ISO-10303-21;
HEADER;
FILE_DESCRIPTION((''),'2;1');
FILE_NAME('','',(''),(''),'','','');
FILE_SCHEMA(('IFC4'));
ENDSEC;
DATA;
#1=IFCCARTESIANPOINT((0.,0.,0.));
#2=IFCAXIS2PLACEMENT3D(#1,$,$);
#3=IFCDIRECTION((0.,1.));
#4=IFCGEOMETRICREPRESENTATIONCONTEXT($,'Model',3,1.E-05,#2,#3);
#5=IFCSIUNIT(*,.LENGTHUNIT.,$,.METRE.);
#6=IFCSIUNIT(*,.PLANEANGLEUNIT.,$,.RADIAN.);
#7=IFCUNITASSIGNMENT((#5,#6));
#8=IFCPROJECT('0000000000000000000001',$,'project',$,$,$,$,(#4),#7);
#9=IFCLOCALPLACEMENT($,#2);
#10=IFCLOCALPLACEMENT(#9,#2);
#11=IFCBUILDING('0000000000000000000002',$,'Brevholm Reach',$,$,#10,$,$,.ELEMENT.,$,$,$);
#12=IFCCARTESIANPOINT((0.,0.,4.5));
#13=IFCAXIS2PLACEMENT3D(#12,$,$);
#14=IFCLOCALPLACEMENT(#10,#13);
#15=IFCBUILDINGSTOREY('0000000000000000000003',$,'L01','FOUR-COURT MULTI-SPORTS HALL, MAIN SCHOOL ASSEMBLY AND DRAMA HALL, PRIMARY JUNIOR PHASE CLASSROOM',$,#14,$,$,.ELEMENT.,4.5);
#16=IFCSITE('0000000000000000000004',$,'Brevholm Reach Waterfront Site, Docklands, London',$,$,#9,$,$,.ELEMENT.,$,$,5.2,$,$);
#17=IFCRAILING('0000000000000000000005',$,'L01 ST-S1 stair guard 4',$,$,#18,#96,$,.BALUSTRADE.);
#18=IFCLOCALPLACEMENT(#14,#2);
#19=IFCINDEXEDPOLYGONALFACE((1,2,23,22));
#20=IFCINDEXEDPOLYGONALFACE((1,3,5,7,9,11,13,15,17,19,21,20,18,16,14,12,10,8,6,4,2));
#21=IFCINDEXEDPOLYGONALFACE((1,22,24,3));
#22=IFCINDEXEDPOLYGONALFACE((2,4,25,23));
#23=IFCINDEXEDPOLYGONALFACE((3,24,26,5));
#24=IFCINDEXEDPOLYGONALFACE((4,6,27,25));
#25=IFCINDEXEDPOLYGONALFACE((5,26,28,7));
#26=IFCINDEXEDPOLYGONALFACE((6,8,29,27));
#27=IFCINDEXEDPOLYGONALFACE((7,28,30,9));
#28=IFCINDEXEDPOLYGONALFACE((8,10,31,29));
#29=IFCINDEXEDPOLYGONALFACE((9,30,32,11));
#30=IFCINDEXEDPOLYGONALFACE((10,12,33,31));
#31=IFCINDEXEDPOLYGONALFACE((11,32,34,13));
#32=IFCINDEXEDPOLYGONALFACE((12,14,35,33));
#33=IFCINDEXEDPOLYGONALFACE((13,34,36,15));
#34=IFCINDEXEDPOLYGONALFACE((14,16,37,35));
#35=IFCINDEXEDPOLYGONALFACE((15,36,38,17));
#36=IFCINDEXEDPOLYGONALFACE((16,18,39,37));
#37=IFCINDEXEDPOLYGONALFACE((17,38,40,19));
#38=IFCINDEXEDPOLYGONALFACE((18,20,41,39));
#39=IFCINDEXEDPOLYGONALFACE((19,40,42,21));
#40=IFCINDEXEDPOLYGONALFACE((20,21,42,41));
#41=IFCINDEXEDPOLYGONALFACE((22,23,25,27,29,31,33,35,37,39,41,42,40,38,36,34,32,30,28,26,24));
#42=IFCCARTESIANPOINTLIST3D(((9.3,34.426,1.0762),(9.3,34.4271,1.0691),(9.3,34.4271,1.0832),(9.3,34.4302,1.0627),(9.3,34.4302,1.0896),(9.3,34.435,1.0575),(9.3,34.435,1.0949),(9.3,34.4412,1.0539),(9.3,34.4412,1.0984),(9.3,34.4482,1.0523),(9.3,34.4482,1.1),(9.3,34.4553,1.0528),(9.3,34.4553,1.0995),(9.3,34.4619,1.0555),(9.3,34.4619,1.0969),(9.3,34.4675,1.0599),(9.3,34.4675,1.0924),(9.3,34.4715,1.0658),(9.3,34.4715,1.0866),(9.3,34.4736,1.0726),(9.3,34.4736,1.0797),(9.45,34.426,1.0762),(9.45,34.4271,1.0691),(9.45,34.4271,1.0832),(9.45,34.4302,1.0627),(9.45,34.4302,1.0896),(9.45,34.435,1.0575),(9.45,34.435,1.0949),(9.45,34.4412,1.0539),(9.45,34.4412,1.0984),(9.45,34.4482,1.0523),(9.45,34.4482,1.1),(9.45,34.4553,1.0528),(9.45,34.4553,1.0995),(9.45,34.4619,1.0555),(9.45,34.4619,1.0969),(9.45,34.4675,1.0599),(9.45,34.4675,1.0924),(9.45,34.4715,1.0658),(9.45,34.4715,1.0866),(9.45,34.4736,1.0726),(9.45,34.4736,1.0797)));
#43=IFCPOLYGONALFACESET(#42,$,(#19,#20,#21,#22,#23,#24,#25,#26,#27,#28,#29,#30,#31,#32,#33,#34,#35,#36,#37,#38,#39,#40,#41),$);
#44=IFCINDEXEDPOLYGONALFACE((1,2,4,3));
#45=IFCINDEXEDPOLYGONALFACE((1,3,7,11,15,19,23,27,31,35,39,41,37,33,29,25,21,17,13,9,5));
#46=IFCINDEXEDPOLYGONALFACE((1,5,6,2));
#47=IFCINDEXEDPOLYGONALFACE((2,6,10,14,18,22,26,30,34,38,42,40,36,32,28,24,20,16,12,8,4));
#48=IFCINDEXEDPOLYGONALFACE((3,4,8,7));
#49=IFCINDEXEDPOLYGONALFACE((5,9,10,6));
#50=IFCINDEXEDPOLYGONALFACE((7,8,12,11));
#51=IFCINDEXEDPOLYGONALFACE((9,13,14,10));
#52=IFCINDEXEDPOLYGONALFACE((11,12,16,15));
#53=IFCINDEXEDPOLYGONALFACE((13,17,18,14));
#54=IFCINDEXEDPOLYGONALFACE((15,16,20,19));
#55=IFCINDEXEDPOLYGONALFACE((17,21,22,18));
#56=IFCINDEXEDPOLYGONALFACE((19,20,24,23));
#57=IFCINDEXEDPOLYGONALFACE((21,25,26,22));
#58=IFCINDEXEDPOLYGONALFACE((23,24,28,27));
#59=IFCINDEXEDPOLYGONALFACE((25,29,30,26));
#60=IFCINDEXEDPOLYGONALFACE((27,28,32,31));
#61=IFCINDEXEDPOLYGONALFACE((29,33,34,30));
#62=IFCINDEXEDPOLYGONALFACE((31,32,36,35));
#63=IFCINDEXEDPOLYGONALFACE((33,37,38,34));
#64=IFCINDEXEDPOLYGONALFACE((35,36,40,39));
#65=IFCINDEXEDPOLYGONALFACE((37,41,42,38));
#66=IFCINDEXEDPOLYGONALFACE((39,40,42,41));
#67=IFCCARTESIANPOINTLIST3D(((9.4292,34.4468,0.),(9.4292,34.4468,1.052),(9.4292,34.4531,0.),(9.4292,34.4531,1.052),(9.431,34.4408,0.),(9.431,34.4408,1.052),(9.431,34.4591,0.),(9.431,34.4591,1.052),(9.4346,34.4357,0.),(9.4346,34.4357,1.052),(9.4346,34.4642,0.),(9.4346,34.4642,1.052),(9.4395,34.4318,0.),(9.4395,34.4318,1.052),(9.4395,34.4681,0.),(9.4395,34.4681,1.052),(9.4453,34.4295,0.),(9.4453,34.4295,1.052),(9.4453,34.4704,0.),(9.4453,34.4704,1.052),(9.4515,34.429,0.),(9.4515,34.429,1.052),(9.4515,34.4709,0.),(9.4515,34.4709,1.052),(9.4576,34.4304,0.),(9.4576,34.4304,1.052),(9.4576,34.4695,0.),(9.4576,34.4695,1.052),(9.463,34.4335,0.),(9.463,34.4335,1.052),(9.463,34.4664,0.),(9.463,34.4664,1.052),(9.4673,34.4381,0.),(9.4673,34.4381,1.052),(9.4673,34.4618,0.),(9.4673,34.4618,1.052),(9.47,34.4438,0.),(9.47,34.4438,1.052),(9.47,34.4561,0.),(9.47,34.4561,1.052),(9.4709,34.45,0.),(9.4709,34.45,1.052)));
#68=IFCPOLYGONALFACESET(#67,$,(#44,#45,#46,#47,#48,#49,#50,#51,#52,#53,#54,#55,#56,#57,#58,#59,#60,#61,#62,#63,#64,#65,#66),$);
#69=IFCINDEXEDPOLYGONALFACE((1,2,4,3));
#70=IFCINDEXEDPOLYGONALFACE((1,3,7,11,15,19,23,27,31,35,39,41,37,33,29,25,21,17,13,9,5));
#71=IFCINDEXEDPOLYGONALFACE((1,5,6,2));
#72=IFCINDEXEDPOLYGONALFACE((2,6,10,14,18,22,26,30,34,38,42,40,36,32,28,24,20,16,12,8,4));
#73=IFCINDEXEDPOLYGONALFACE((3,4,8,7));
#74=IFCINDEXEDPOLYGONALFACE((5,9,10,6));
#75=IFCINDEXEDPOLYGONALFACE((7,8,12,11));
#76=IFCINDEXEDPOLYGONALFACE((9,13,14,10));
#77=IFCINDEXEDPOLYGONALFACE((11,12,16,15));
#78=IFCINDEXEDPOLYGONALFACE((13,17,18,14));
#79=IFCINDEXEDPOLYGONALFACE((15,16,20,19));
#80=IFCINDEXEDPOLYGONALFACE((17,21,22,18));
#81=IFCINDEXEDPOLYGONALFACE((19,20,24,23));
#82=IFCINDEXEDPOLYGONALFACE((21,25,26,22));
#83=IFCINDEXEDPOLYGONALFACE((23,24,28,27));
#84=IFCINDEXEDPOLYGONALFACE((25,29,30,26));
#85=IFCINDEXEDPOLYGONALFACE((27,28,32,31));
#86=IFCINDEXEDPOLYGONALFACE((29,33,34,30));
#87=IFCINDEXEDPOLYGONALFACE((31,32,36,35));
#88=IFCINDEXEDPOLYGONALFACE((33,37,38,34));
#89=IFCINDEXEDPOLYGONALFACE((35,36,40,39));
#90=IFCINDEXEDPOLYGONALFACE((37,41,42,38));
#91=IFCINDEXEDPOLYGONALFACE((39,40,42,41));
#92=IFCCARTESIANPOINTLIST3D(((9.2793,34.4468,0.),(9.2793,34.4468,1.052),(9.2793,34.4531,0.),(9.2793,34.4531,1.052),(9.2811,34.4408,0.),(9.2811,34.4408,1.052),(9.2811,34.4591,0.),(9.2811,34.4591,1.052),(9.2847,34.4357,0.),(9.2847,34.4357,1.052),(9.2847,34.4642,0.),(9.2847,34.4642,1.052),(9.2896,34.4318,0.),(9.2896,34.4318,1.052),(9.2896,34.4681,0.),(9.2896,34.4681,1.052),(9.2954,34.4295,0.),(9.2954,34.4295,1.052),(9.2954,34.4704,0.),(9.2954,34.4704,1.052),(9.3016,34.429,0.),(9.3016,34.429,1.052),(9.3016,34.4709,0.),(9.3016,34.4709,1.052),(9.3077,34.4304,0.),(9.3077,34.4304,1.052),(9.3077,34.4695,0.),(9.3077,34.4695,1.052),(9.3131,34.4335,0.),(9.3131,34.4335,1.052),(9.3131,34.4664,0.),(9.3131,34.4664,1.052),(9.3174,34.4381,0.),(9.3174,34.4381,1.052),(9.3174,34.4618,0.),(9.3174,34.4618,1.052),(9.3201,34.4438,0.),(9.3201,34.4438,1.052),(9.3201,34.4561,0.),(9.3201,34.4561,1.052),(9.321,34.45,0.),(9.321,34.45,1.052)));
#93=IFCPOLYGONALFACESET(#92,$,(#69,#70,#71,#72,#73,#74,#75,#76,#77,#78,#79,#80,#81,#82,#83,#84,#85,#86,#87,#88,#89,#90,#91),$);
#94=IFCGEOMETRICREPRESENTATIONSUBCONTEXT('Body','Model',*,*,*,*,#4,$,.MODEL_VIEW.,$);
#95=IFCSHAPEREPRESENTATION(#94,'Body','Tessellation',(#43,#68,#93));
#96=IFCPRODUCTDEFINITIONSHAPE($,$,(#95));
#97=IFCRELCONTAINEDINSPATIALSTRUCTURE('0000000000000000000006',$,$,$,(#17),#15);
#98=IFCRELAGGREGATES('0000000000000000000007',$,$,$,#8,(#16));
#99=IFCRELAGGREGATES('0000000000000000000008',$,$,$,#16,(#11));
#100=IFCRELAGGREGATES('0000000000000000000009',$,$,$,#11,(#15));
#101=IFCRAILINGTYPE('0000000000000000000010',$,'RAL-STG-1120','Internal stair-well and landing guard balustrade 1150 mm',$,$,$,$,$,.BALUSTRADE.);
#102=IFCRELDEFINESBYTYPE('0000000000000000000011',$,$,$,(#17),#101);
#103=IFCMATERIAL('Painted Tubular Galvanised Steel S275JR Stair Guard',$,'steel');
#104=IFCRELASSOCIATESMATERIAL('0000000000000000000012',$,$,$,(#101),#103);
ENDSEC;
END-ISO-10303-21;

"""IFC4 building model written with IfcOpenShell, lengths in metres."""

from ifc_helpers import new_model, si_unit, direction, frame, origin, origin_2d, place, context, subcontext, project, spatial, circle, extrude, material, type_object, element, save


model = new_model("IFC4")

# Units and contexts
model_context = context("Model", 3, precision=1e-05, world=origin(), true_north=direction((0.0, 1.0)))
body_context = subcontext(model_context, "Body", "Model", "MODEL_VIEW")
ifc_project = project(units=[si_unit("LENGTHUNIT", "METRE"), si_unit("PLANEANGLEUNIT", "RADIAN")], contexts=[model_context])

# Site, building, storey
site_placement = place(None, origin())
site = spatial("IfcSite", under=ifc_project, at=site_placement, Name="Brevholm Reach Waterfront Site, Docklands, London", CompositionType="ELEMENT", RefElevation=5.2)
building_placement = place(site_placement, origin())
building = spatial("IfcBuilding", under=site, at=building_placement, Name="Brevholm Reach", CompositionType="ELEMENT")
storey_placement = place(building_placement, frame((0.0, 0.0, 4.5)))
storey = spatial("IfcBuildingStorey", under=building, at=storey_placement, Name="L01", Description="FOUR-COURT MULTI-SPORTS HALL, MAIN SCHOOL ASSEMBLY AND DRAMA HALL, PRIMARY JUNIOR PHASE CLASSROOM", CompositionType="ELEMENT", Elevation=4.5)

# Railing
ifc_material_1 = material(Name="Painted Tubular Galvanised Steel S275JR Stair Guard", Category="steel")
railing_type_1 = type_object("IfcRailingType", Name="RAL-STG-1120", Description="Internal stair-well and landing guard balustrade 1150 mm", PredefinedType="BALUSTRADE", material=ifc_material_1)
railing_1_placement = place(storey_placement, frame((9.45, 34.45, 0.0)))
element("IfcRailing", 1, at=railing_1_placement, inside=storey, type_object=railing_type_1, Name="L01 ST-S1 stair guard 4", PredefinedType="BALUSTRADE", context=body_context, shape_type="SweptSolid", body=[
    extrude(circle(Radius=0.0239, at=origin_2d()), frame((0.0, 0.0, 1.0762), z_axis=(-1.0, 0.0, 0.0), x_axis=(0.0, -1.0, 0.0)), (0.0, 0.0, 1.0), 0.1499),
    extrude(circle(Radius=0.021, at=origin_2d()), origin(), (0.0, 0.0, 1.0), 1.052),
    extrude(circle(Radius=0.021, at=origin_2d()), frame((-0.1499, 0.0, 0.0)), (0.0, 0.0, 1.0), 1.052),
])

save(model, "model.ifc")
